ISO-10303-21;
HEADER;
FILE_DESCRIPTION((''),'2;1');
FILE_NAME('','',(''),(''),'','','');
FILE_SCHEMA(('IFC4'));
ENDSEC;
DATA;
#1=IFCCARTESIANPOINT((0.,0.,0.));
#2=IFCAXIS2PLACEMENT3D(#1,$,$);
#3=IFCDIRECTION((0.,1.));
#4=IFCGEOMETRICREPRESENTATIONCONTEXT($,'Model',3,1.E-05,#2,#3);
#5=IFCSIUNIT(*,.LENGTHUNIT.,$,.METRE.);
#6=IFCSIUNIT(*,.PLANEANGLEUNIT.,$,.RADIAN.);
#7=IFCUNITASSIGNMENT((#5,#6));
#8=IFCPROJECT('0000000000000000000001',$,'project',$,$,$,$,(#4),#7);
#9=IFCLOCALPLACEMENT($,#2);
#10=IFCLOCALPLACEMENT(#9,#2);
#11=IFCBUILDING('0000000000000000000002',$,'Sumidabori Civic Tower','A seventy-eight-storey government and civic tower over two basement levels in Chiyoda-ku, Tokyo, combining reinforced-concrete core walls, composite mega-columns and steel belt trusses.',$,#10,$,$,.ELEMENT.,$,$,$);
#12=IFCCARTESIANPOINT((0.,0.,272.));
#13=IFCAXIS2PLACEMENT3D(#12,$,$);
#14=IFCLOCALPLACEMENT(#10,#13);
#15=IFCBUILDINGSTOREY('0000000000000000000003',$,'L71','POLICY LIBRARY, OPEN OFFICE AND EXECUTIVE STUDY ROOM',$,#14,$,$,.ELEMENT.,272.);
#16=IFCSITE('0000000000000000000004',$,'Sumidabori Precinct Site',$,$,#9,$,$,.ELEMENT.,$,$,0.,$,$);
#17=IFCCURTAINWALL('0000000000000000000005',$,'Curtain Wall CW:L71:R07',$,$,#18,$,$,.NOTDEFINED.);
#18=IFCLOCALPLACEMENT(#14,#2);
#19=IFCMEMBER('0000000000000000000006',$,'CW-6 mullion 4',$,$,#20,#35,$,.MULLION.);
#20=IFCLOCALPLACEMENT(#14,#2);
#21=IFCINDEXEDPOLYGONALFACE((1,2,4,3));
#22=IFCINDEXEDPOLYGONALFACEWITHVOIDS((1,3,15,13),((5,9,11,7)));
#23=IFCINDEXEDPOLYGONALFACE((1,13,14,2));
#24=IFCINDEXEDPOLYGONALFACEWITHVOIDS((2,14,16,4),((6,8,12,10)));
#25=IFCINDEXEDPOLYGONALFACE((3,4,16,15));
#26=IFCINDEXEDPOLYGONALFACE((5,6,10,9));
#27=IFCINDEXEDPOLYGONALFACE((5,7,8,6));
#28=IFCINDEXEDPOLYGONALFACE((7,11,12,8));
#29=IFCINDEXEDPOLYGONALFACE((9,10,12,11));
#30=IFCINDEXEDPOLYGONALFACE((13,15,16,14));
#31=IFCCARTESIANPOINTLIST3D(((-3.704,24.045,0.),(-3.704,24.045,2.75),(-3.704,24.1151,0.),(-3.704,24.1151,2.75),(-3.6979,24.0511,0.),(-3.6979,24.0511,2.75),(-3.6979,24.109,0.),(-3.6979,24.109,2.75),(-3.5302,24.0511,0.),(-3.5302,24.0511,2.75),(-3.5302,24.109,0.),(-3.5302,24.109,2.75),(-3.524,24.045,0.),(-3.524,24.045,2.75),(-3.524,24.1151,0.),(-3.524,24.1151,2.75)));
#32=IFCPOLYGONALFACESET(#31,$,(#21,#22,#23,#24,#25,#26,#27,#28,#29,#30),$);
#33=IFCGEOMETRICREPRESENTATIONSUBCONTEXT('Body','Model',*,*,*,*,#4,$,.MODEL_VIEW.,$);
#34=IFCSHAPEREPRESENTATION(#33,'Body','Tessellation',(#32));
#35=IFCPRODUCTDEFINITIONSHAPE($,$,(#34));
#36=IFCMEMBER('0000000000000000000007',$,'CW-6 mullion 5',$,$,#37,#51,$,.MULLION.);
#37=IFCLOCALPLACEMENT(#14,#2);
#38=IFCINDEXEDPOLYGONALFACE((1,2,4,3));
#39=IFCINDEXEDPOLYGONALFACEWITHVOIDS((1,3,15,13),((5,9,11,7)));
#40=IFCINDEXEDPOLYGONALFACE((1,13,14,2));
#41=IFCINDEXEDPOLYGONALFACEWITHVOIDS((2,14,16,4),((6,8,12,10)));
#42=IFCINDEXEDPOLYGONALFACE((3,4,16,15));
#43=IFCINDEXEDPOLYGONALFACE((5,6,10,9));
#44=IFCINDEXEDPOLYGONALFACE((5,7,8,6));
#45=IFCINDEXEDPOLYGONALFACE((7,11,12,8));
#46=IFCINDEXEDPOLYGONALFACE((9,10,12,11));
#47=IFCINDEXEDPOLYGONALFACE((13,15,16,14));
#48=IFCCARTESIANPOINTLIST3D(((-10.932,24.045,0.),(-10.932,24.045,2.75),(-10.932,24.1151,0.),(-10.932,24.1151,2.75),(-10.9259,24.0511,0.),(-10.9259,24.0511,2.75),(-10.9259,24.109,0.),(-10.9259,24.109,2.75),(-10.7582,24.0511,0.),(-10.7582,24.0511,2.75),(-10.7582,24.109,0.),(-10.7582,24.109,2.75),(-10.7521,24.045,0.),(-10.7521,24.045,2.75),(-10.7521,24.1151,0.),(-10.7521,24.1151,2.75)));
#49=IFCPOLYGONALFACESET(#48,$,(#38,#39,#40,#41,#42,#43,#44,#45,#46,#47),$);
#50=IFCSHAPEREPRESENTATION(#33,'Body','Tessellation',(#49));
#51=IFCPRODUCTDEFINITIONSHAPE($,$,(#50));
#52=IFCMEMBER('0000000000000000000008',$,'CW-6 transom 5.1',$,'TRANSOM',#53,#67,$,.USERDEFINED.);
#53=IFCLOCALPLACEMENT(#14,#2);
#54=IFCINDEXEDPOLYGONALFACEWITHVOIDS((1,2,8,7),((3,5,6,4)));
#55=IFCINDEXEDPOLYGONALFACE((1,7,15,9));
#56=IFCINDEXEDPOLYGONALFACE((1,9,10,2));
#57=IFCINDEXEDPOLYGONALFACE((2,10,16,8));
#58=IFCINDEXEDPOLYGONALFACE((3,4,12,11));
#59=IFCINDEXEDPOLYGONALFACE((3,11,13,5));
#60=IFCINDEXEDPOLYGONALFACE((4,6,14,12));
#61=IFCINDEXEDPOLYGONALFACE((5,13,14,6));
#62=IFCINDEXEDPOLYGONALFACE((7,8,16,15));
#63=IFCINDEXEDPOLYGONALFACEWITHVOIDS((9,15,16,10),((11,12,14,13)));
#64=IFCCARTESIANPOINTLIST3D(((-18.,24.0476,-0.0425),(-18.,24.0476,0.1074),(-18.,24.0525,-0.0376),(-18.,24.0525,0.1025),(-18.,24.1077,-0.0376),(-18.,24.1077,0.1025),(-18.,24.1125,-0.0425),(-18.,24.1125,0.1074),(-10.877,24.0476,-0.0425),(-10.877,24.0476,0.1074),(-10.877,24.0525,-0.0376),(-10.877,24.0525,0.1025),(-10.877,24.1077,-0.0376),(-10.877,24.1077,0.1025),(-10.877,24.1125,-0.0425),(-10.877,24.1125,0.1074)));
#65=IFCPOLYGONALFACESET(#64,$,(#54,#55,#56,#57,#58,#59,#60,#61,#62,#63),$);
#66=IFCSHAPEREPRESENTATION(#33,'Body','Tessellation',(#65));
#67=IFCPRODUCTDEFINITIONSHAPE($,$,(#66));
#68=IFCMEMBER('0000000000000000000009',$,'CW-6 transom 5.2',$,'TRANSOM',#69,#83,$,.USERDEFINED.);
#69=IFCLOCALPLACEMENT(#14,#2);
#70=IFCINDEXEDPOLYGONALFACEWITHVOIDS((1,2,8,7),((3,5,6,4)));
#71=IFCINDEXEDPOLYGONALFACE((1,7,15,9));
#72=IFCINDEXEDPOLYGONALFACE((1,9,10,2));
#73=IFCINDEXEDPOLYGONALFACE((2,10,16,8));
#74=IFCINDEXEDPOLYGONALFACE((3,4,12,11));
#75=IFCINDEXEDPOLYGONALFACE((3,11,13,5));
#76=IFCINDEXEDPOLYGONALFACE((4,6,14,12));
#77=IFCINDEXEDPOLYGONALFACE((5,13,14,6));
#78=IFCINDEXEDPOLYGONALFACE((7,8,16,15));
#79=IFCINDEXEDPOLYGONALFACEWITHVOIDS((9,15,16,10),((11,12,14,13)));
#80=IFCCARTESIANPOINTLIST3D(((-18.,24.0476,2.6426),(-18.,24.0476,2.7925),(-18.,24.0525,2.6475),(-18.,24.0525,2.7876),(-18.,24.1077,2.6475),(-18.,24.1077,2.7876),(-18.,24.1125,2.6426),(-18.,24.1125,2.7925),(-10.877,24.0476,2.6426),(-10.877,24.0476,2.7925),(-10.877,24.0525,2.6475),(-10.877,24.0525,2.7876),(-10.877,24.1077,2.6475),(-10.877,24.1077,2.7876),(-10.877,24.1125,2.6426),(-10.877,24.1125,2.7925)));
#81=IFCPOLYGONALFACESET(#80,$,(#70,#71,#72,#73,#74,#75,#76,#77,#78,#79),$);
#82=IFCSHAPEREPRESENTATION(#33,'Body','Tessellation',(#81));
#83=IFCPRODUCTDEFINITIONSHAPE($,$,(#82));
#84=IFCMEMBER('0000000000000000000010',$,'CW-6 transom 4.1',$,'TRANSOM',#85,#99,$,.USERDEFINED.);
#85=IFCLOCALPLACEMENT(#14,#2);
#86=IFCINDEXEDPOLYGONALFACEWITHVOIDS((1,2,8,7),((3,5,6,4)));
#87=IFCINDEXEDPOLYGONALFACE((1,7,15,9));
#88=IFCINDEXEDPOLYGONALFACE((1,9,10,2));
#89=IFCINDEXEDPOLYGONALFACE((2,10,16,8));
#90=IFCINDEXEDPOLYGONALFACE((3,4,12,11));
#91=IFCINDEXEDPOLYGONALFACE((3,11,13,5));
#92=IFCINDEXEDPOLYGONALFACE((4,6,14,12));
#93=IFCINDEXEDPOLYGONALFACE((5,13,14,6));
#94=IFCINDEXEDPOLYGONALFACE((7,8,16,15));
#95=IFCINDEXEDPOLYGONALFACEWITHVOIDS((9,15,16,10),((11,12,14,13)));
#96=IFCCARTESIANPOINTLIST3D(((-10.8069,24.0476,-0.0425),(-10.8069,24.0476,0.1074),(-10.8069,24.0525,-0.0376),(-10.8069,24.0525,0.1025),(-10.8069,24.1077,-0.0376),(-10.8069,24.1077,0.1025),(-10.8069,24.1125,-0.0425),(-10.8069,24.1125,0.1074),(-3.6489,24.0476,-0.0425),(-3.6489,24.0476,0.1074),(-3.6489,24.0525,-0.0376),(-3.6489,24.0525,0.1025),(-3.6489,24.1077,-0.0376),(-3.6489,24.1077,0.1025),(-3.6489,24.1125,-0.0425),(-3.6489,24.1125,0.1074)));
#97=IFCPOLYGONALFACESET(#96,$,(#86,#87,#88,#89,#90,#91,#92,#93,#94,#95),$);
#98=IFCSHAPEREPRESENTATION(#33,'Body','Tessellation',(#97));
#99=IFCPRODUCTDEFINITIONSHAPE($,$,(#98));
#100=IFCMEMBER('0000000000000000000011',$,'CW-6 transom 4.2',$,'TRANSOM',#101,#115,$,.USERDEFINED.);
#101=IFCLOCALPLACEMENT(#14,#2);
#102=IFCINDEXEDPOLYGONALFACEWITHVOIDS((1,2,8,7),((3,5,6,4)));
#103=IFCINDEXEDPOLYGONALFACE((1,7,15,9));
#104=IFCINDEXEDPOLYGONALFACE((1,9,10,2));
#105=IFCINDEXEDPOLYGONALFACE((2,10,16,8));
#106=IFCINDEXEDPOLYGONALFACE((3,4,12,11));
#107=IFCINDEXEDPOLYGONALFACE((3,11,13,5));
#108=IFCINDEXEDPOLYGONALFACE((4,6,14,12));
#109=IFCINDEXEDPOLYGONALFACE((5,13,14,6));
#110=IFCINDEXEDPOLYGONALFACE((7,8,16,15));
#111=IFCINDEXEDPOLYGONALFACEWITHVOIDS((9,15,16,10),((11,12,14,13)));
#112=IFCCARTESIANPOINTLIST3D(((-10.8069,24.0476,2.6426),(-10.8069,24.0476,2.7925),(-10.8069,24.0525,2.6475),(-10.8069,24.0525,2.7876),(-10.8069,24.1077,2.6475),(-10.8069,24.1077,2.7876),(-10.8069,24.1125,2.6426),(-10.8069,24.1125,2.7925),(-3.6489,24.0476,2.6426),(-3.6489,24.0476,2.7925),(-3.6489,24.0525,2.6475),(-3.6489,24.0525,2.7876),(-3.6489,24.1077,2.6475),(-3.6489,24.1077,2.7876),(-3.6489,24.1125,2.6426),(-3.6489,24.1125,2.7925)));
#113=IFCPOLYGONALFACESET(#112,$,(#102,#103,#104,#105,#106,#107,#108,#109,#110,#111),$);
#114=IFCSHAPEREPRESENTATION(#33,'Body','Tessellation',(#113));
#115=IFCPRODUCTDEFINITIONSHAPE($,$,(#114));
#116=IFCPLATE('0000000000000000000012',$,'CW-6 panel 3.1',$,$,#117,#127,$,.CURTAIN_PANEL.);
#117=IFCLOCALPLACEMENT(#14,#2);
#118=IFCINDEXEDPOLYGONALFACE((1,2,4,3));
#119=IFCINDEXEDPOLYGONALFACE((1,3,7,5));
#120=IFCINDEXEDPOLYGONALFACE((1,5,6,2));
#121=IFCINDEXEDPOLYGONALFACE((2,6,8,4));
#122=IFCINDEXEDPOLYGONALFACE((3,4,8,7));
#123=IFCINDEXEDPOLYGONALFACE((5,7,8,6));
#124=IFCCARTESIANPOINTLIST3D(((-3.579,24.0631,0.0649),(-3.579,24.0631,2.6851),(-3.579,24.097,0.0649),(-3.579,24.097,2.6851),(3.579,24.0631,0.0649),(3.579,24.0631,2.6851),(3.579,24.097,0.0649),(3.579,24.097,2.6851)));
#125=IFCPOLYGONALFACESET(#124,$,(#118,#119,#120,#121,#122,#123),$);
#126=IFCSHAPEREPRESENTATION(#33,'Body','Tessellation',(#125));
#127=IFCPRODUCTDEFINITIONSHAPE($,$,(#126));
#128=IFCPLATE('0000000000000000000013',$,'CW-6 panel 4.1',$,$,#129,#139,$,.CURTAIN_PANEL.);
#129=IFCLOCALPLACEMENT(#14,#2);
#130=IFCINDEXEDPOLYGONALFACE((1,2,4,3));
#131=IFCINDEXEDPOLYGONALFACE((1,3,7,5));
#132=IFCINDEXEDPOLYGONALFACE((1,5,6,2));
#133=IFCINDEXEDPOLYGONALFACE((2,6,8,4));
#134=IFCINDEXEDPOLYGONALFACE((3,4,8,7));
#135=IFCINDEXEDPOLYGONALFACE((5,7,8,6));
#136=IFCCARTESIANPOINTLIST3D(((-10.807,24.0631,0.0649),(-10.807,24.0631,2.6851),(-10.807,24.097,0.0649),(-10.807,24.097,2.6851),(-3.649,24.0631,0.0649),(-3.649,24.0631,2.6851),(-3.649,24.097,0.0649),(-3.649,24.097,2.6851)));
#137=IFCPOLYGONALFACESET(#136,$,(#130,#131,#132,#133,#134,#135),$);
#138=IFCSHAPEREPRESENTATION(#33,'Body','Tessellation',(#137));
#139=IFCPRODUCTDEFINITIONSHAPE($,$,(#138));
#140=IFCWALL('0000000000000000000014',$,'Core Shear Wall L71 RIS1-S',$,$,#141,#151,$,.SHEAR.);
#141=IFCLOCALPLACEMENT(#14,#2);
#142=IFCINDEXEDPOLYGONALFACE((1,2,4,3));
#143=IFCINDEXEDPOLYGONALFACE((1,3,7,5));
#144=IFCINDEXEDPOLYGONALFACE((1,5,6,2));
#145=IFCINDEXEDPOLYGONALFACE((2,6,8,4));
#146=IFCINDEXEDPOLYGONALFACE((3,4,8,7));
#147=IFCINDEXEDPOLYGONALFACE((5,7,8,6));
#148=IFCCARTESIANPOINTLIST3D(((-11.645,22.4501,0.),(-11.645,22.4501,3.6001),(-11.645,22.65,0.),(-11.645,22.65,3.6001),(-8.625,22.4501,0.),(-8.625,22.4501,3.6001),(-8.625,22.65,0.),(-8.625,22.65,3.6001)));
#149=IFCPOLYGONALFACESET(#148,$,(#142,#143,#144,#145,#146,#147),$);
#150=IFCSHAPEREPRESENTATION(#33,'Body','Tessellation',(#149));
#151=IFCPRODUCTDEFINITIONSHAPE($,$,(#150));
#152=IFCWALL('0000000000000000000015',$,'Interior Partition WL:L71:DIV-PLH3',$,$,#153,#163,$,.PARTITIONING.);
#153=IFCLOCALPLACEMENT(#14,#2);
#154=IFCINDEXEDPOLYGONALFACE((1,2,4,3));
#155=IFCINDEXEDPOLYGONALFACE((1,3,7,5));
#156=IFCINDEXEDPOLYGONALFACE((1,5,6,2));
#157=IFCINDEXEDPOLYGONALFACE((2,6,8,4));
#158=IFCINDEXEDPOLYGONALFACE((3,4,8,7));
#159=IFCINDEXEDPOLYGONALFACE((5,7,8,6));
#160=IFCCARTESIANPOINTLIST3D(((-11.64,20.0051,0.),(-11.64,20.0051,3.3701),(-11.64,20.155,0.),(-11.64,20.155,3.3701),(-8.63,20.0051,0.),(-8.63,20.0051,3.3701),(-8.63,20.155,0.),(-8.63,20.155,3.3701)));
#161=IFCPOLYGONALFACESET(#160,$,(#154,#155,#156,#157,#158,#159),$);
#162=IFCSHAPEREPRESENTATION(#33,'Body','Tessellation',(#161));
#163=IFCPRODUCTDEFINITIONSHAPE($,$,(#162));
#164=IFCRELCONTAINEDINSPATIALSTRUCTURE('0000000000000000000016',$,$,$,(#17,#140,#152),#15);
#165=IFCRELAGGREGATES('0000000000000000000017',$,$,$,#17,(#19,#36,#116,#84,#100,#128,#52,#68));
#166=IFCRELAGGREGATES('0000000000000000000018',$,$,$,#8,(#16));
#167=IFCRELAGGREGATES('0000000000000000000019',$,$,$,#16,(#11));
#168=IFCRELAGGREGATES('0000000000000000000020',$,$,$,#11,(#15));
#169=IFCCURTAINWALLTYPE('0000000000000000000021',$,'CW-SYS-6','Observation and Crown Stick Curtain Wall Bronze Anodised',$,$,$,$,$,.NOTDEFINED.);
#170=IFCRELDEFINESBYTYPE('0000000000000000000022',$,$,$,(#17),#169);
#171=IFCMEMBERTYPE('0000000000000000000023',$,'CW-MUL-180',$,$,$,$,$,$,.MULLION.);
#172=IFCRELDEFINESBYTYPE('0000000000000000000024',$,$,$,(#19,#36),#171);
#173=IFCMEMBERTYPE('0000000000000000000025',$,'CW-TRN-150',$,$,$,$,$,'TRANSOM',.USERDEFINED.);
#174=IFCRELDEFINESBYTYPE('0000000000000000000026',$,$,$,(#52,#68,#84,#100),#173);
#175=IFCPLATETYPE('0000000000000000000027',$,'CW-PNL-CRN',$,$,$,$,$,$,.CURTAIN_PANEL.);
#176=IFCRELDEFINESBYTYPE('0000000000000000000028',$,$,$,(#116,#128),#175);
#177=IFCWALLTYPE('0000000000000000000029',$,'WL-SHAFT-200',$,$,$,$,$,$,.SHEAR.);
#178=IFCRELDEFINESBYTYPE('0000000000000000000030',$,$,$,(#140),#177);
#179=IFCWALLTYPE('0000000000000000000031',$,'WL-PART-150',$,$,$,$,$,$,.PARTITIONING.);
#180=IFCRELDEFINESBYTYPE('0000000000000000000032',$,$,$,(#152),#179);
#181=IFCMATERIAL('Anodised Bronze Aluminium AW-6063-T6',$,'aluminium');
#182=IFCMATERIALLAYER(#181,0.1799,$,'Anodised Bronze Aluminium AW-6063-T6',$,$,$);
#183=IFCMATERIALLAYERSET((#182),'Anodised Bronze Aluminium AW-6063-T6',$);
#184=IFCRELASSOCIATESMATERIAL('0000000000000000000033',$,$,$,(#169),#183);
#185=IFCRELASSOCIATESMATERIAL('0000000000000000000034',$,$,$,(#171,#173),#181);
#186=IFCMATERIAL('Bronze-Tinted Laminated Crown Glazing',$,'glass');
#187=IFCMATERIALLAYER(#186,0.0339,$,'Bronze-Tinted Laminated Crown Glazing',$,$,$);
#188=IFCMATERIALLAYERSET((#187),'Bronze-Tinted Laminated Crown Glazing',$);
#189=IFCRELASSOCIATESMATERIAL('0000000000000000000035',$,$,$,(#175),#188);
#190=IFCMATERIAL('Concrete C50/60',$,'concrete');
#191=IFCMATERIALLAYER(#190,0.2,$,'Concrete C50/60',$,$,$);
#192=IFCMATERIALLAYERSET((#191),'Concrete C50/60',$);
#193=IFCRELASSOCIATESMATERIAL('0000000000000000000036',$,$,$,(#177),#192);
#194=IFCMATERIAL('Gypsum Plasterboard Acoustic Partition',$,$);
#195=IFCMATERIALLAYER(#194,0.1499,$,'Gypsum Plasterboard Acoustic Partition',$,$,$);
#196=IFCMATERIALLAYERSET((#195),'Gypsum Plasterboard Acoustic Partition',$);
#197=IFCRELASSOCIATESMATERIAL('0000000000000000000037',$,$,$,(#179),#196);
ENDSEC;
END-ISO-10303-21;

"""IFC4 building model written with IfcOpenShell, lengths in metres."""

from ifc_helpers import new_model, si_unit, direction, frame, frame_2d, origin, origin_2d, place, context, subcontext, project, spatial, rectangle, hollow_rectangle, extrude, source, transform, mapped, material, layer, layer_set, material_profile, profile_set, type_object, element, aggregate, save


model = new_model("IFC4")

# Units and contexts
model_context = context("Model", 3, precision=1e-05, world=origin(), true_north=direction((0.0, 1.0)))
body_context = subcontext(model_context, "Body", "Model", "MODEL_VIEW")
ifc_project = project(units=[si_unit("LENGTHUNIT", "METRE"), si_unit("PLANEANGLEUNIT", "RADIAN")], contexts=[model_context])

# Site, building, storey
site_placement = place(None, origin())
site = spatial("IfcSite", under=ifc_project, at=site_placement, Name="Sumidabori Precinct Site", CompositionType="ELEMENT", RefElevation=0.0)
building_placement = place(site_placement, origin())
building = spatial("IfcBuilding", under=site, at=building_placement, Name="Sumidabori Civic Tower", Description="A seventy-eight-storey government and civic tower over two basement levels in Chiyoda-ku, Tokyo, combining reinforced-concrete core walls, composite mega-columns and steel belt trusses.", CompositionType="ELEMENT")
storey_placement = place(building_placement, frame((0.0, 0.0, 272.0)))
storey = spatial("IfcBuildingStorey", under=building, at=storey_placement, Name="L71", Description="POLICY LIBRARY, OPEN OFFICE AND EXECUTIVE STUDY ROOM", CompositionType="ELEMENT", Elevation=272.0)

# Curtain wall, members, plates
ifc_material_1 = material(Name="Anodised Bronze Aluminium AW-6063-T6", Category="aluminium")
ifc_layer_1 = layer(ifc_material_1, 0.1799, Name="Anodised Bronze Aluminium AW-6063-T6")
ifc_layer_set_1 = layer_set([ifc_layer_1], Name="Anodised Bronze Aluminium AW-6063-T6")
curtain_wall_type = type_object("IfcCurtainWallType", Name="CW-SYS-6", Description="Observation and Crown Stick Curtain Wall Bronze Anodised", PredefinedType="NOTDEFINED", material=ifc_layer_set_1)
curtain_wall_placement = place(storey_placement, origin())
curtain_wall = element("IfcCurtainWall", 1, at=curtain_wall_placement, inside=storey, type_object=curtain_wall_type, Name="Curtain Wall CW:L71:R07", PredefinedType="NOTDEFINED")
ifc_material_profile_1 = material_profile(ifc_material_1, hollow_rectangle(XDim=0.0701, YDim=0.1799, WallThickness=0.0061, at=origin_2d()), Name="ALU MULLION 180x70")
ifc_profile_set_1 = profile_set([ifc_material_profile_1], Name="Anodised Bronze Aluminium AW-6063-T6")
member_type_1 = type_object("IfcMemberType", Name="CW-MUL-180", PredefinedType="MULLION", material=ifc_profile_set_1)
shared_shape_1 = source(origin(), body_context, "Body", "SweptSolid", [
    extrude(hollow_rectangle(XDim=0.0701, YDim=0.1799, WallThickness=0.0061, at=origin_2d()), origin(), (0.0, 0.0, 1.0), 2.75),
])
member_1_placement = place(storey_placement, frame((-3.614, 24.0801, 0.0), z_axis=(0.0, 0.0, 1.0), x_axis=(0.0, -1.0, 0.0)))
member_1 = element("IfcMember", 2, at=member_1_placement, type_object=member_type_1, Name="CW-6 mullion 4", PredefinedType="MULLION", context=body_context, shape_type="MappedRepresentation", body=[
    mapped(shared_shape_1, transform((0.0, 0.0, 0.0), x_axis=(1.0, 0.0, 0.0), y_axis=(0.0, 1.0, 0.0), z_axis=(0.0, 0.0, 1.0), scale=1.0)),
])
member_2_placement = place(storey_placement, frame((-10.842, 24.0801, 0.0), z_axis=(0.0, 0.0, 1.0), x_axis=(0.0, -1.0, 0.0)))
member_2 = element("IfcMember", 3, at=member_2_placement, type_object=member_type_1, Name="CW-6 mullion 5", PredefinedType="MULLION", context=body_context, shape_type="MappedRepresentation", body=[
    mapped(shared_shape_1, transform((0.0, 0.0, 0.0), x_axis=(1.0, 0.0, 0.0), y_axis=(0.0, 1.0, 0.0), z_axis=(0.0, 0.0, 1.0), scale=1.0)),
])
ifc_material_profile_2 = material_profile(ifc_material_1, hollow_rectangle(XDim=0.0649, YDim=0.1499, WallThickness=0.0049, at=origin_2d()), Name="ALU TRANSOM 150x65")
ifc_profile_set_2 = profile_set([ifc_material_profile_2], Name="Anodised Bronze Aluminium AW-6063-T6")
member_type_2 = type_object("IfcMemberType", Name="CW-TRN-150", ElementType="TRANSOM", PredefinedType="USERDEFINED", material=ifc_profile_set_2)
shared_shape_2 = source(origin(), body_context, "Body", "SweptSolid", [
    extrude(hollow_rectangle(XDim=0.0649, YDim=0.1499, WallThickness=0.0049, at=origin_2d()), origin(), (0.0, 0.0, 1.0), 7.123),
])
member_3_placement = place(storey_placement, frame((-10.877, 24.0801, 0.0325), z_axis=(-1.0, 0.0, 0.0), x_axis=(0.0, -1.0, 0.0)))
member_3 = element("IfcMember", 4, at=member_3_placement, type_object=member_type_2, Name="CW-6 transom 5.1", ObjectType="TRANSOM", PredefinedType="USERDEFINED", context=body_context, shape_type="MappedRepresentation", body=[
    mapped(shared_shape_2, transform((0.0, 0.0, 0.0), x_axis=(1.0, 0.0, 0.0), y_axis=(0.0, 1.0, 0.0), z_axis=(0.0, 0.0, 1.0), scale=1.0)),
])
member_4_placement = place(storey_placement, frame((-10.877, 24.0801, 2.7175), z_axis=(-1.0, 0.0, 0.0), x_axis=(0.0, -1.0, 0.0)))
member_4 = element("IfcMember", 5, at=member_4_placement, type_object=member_type_2, Name="CW-6 transom 5.2", ObjectType="TRANSOM", PredefinedType="USERDEFINED", context=body_context, shape_type="MappedRepresentation", body=[
    mapped(shared_shape_2, transform((0.0, 0.0, 0.0), x_axis=(1.0, 0.0, 0.0), y_axis=(0.0, 1.0, 0.0), z_axis=(0.0, 0.0, 1.0), scale=1.0)),
])
shared_shape_3 = source(origin(), body_context, "Body", "SweptSolid", [
    extrude(hollow_rectangle(XDim=0.0649, YDim=0.1499, WallThickness=0.0049, at=origin_2d()), origin(), (0.0, 0.0, 1.0), 7.158),
])
member_5_placement = place(storey_placement, frame((-3.6489, 24.0801, 0.0325), z_axis=(-1.0, 0.0, 0.0), x_axis=(0.0, -1.0, 0.0)))
member_5 = element("IfcMember", 6, at=member_5_placement, type_object=member_type_2, Name="CW-6 transom 4.1", ObjectType="TRANSOM", PredefinedType="USERDEFINED", context=body_context, shape_type="MappedRepresentation", body=[
    mapped(shared_shape_3, transform((0.0, 0.0, 0.0), x_axis=(1.0, 0.0, 0.0), y_axis=(0.0, 1.0, 0.0), z_axis=(0.0, 0.0, 1.0), scale=1.0)),
])
member_6_placement = place(storey_placement, frame((-3.6489, 24.0801, 2.7175), z_axis=(-1.0, 0.0, 0.0), x_axis=(0.0, -1.0, 0.0)))
member_6 = element("IfcMember", 7, at=member_6_placement, type_object=member_type_2, Name="CW-6 transom 4.2", ObjectType="TRANSOM", PredefinedType="USERDEFINED", context=body_context, shape_type="MappedRepresentation", body=[
    mapped(shared_shape_3, transform((0.0, 0.0, 0.0), x_axis=(1.0, 0.0, 0.0), y_axis=(0.0, 1.0, 0.0), z_axis=(0.0, 0.0, 1.0), scale=1.0)),
])
ifc_material_2 = material(Name="Bronze-Tinted Laminated Crown Glazing", Category="glass")
ifc_layer_2 = layer(ifc_material_2, 0.0339, Name="Bronze-Tinted Laminated Crown Glazing")
ifc_layer_set_2 = layer_set([ifc_layer_2], Name="Bronze-Tinted Laminated Crown Glazing")
plate_type = type_object("IfcPlateType", Name="CW-PNL-CRN", PredefinedType="CURTAIN_PANEL", material=ifc_layer_set_2)
shared_shape_4 = source(origin(), body_context, "Body", "SweptSolid", [
    extrude(rectangle(XDim=7.158, YDim=0.0339, at=origin_2d()), origin(), (0.0, 0.0, 1.0), 2.6201),
])
plate_1_placement = place(storey_placement, frame((0.0, 24.0801, 0.0649), z_axis=(0.0, 0.0, 1.0), x_axis=(-1.0, 0.0, 0.0)))
plate_1 = element("IfcPlate", 8, at=plate_1_placement, type_object=plate_type, Name="CW-6 panel 3.1", PredefinedType="CURTAIN_PANEL", context=body_context, shape_type="MappedRepresentation", body=[
    mapped(shared_shape_4, transform((0.0, 0.0, 0.0), x_axis=(1.0, 0.0, 0.0), y_axis=(0.0, 1.0, 0.0), z_axis=(0.0, 0.0, 1.0), scale=1.0)),
])
plate_2_placement = place(storey_placement, frame((-7.228, 24.0801, 0.0649), z_axis=(0.0, 0.0, 1.0), x_axis=(-1.0, 0.0, 0.0)))
plate_2 = element("IfcPlate", 9, at=plate_2_placement, type_object=plate_type, Name="CW-6 panel 4.1", PredefinedType="CURTAIN_PANEL", context=body_context, shape_type="MappedRepresentation", body=[
    mapped(shared_shape_4, transform((0.0, 0.0, 0.0), x_axis=(1.0, 0.0, 0.0), y_axis=(0.0, 1.0, 0.0), z_axis=(0.0, 0.0, 1.0), scale=1.0)),
])
aggregate(curtain_wall, [member_1, member_2, plate_1, member_5, member_6, plate_2, member_3, member_4])

# Walls
ifc_material_3 = material(Name="Concrete C50/60", Category="concrete")
ifc_layer_3 = layer(ifc_material_3, 0.2, Name="Concrete C50/60")
ifc_layer_set_3 = layer_set([ifc_layer_3], Name="Concrete C50/60")
wall_type_1 = type_object("IfcWallType", Name="WL-SHAFT-200", PredefinedType="SHEAR", material=ifc_layer_set_3)
shared_shape_5 = source(origin(), body_context, "Body", "SweptSolid", [
    extrude(rectangle(XDim=3.02, YDim=0.2, at=frame_2d((1.51, 0.0))), origin(), (0.0, 0.0, 1.0), 3.6001),
])
wall_1_placement = place(storey_placement, frame((-11.645, 22.55, 0.0), z_axis=(0.0, 0.0, 1.0), x_axis=(1.0, 0.0, 0.0)))
element("IfcWall", 10, at=wall_1_placement, inside=storey, type_object=wall_type_1, Name="Core Shear Wall L71 RIS1-S", PredefinedType="SHEAR", context=body_context, shape_type="MappedRepresentation", body=[
    mapped(shared_shape_5, transform((0.0, 0.0, 0.0), x_axis=(1.0, 0.0, 0.0), y_axis=(0.0, 1.0, 0.0), z_axis=(0.0, 0.0, 1.0), scale=1.0)),
])
ifc_material_4 = material(Name="Gypsum Plasterboard Acoustic Partition")
ifc_layer_4 = layer(ifc_material_4, 0.1499, Name="Gypsum Plasterboard Acoustic Partition")
ifc_layer_set_4 = layer_set([ifc_layer_4], Name="Gypsum Plasterboard Acoustic Partition")
wall_type_2 = type_object("IfcWallType", Name="WL-PART-150", PredefinedType="PARTITIONING", material=ifc_layer_set_4)
shared_shape_6 = source(origin(), body_context, "Body", "SweptSolid", [
    extrude(rectangle(XDim=3.01, YDim=0.1499, at=frame_2d((1.5049, 0.0))), origin(), (0.0, 0.0, 1.0), 3.3701),
])
wall_2_placement = place(storey_placement, frame((-11.6399, 20.0801, 0.0), z_axis=(0.0, 0.0, 1.0), x_axis=(1.0, 0.0, 0.0)))
element("IfcWall", 11, at=wall_2_placement, inside=storey, type_object=wall_type_2, Name="Interior Partition WL:L71:DIV-PLH3", PredefinedType="PARTITIONING", context=body_context, shape_type="MappedRepresentation", body=[
    mapped(shared_shape_6, transform((0.0, 0.0, 0.0), x_axis=(1.0, 0.0, 0.0), y_axis=(0.0, 1.0, 0.0), z_axis=(0.0, 0.0, 1.0), scale=1.0)),
])

save(model, "model.ifc")
